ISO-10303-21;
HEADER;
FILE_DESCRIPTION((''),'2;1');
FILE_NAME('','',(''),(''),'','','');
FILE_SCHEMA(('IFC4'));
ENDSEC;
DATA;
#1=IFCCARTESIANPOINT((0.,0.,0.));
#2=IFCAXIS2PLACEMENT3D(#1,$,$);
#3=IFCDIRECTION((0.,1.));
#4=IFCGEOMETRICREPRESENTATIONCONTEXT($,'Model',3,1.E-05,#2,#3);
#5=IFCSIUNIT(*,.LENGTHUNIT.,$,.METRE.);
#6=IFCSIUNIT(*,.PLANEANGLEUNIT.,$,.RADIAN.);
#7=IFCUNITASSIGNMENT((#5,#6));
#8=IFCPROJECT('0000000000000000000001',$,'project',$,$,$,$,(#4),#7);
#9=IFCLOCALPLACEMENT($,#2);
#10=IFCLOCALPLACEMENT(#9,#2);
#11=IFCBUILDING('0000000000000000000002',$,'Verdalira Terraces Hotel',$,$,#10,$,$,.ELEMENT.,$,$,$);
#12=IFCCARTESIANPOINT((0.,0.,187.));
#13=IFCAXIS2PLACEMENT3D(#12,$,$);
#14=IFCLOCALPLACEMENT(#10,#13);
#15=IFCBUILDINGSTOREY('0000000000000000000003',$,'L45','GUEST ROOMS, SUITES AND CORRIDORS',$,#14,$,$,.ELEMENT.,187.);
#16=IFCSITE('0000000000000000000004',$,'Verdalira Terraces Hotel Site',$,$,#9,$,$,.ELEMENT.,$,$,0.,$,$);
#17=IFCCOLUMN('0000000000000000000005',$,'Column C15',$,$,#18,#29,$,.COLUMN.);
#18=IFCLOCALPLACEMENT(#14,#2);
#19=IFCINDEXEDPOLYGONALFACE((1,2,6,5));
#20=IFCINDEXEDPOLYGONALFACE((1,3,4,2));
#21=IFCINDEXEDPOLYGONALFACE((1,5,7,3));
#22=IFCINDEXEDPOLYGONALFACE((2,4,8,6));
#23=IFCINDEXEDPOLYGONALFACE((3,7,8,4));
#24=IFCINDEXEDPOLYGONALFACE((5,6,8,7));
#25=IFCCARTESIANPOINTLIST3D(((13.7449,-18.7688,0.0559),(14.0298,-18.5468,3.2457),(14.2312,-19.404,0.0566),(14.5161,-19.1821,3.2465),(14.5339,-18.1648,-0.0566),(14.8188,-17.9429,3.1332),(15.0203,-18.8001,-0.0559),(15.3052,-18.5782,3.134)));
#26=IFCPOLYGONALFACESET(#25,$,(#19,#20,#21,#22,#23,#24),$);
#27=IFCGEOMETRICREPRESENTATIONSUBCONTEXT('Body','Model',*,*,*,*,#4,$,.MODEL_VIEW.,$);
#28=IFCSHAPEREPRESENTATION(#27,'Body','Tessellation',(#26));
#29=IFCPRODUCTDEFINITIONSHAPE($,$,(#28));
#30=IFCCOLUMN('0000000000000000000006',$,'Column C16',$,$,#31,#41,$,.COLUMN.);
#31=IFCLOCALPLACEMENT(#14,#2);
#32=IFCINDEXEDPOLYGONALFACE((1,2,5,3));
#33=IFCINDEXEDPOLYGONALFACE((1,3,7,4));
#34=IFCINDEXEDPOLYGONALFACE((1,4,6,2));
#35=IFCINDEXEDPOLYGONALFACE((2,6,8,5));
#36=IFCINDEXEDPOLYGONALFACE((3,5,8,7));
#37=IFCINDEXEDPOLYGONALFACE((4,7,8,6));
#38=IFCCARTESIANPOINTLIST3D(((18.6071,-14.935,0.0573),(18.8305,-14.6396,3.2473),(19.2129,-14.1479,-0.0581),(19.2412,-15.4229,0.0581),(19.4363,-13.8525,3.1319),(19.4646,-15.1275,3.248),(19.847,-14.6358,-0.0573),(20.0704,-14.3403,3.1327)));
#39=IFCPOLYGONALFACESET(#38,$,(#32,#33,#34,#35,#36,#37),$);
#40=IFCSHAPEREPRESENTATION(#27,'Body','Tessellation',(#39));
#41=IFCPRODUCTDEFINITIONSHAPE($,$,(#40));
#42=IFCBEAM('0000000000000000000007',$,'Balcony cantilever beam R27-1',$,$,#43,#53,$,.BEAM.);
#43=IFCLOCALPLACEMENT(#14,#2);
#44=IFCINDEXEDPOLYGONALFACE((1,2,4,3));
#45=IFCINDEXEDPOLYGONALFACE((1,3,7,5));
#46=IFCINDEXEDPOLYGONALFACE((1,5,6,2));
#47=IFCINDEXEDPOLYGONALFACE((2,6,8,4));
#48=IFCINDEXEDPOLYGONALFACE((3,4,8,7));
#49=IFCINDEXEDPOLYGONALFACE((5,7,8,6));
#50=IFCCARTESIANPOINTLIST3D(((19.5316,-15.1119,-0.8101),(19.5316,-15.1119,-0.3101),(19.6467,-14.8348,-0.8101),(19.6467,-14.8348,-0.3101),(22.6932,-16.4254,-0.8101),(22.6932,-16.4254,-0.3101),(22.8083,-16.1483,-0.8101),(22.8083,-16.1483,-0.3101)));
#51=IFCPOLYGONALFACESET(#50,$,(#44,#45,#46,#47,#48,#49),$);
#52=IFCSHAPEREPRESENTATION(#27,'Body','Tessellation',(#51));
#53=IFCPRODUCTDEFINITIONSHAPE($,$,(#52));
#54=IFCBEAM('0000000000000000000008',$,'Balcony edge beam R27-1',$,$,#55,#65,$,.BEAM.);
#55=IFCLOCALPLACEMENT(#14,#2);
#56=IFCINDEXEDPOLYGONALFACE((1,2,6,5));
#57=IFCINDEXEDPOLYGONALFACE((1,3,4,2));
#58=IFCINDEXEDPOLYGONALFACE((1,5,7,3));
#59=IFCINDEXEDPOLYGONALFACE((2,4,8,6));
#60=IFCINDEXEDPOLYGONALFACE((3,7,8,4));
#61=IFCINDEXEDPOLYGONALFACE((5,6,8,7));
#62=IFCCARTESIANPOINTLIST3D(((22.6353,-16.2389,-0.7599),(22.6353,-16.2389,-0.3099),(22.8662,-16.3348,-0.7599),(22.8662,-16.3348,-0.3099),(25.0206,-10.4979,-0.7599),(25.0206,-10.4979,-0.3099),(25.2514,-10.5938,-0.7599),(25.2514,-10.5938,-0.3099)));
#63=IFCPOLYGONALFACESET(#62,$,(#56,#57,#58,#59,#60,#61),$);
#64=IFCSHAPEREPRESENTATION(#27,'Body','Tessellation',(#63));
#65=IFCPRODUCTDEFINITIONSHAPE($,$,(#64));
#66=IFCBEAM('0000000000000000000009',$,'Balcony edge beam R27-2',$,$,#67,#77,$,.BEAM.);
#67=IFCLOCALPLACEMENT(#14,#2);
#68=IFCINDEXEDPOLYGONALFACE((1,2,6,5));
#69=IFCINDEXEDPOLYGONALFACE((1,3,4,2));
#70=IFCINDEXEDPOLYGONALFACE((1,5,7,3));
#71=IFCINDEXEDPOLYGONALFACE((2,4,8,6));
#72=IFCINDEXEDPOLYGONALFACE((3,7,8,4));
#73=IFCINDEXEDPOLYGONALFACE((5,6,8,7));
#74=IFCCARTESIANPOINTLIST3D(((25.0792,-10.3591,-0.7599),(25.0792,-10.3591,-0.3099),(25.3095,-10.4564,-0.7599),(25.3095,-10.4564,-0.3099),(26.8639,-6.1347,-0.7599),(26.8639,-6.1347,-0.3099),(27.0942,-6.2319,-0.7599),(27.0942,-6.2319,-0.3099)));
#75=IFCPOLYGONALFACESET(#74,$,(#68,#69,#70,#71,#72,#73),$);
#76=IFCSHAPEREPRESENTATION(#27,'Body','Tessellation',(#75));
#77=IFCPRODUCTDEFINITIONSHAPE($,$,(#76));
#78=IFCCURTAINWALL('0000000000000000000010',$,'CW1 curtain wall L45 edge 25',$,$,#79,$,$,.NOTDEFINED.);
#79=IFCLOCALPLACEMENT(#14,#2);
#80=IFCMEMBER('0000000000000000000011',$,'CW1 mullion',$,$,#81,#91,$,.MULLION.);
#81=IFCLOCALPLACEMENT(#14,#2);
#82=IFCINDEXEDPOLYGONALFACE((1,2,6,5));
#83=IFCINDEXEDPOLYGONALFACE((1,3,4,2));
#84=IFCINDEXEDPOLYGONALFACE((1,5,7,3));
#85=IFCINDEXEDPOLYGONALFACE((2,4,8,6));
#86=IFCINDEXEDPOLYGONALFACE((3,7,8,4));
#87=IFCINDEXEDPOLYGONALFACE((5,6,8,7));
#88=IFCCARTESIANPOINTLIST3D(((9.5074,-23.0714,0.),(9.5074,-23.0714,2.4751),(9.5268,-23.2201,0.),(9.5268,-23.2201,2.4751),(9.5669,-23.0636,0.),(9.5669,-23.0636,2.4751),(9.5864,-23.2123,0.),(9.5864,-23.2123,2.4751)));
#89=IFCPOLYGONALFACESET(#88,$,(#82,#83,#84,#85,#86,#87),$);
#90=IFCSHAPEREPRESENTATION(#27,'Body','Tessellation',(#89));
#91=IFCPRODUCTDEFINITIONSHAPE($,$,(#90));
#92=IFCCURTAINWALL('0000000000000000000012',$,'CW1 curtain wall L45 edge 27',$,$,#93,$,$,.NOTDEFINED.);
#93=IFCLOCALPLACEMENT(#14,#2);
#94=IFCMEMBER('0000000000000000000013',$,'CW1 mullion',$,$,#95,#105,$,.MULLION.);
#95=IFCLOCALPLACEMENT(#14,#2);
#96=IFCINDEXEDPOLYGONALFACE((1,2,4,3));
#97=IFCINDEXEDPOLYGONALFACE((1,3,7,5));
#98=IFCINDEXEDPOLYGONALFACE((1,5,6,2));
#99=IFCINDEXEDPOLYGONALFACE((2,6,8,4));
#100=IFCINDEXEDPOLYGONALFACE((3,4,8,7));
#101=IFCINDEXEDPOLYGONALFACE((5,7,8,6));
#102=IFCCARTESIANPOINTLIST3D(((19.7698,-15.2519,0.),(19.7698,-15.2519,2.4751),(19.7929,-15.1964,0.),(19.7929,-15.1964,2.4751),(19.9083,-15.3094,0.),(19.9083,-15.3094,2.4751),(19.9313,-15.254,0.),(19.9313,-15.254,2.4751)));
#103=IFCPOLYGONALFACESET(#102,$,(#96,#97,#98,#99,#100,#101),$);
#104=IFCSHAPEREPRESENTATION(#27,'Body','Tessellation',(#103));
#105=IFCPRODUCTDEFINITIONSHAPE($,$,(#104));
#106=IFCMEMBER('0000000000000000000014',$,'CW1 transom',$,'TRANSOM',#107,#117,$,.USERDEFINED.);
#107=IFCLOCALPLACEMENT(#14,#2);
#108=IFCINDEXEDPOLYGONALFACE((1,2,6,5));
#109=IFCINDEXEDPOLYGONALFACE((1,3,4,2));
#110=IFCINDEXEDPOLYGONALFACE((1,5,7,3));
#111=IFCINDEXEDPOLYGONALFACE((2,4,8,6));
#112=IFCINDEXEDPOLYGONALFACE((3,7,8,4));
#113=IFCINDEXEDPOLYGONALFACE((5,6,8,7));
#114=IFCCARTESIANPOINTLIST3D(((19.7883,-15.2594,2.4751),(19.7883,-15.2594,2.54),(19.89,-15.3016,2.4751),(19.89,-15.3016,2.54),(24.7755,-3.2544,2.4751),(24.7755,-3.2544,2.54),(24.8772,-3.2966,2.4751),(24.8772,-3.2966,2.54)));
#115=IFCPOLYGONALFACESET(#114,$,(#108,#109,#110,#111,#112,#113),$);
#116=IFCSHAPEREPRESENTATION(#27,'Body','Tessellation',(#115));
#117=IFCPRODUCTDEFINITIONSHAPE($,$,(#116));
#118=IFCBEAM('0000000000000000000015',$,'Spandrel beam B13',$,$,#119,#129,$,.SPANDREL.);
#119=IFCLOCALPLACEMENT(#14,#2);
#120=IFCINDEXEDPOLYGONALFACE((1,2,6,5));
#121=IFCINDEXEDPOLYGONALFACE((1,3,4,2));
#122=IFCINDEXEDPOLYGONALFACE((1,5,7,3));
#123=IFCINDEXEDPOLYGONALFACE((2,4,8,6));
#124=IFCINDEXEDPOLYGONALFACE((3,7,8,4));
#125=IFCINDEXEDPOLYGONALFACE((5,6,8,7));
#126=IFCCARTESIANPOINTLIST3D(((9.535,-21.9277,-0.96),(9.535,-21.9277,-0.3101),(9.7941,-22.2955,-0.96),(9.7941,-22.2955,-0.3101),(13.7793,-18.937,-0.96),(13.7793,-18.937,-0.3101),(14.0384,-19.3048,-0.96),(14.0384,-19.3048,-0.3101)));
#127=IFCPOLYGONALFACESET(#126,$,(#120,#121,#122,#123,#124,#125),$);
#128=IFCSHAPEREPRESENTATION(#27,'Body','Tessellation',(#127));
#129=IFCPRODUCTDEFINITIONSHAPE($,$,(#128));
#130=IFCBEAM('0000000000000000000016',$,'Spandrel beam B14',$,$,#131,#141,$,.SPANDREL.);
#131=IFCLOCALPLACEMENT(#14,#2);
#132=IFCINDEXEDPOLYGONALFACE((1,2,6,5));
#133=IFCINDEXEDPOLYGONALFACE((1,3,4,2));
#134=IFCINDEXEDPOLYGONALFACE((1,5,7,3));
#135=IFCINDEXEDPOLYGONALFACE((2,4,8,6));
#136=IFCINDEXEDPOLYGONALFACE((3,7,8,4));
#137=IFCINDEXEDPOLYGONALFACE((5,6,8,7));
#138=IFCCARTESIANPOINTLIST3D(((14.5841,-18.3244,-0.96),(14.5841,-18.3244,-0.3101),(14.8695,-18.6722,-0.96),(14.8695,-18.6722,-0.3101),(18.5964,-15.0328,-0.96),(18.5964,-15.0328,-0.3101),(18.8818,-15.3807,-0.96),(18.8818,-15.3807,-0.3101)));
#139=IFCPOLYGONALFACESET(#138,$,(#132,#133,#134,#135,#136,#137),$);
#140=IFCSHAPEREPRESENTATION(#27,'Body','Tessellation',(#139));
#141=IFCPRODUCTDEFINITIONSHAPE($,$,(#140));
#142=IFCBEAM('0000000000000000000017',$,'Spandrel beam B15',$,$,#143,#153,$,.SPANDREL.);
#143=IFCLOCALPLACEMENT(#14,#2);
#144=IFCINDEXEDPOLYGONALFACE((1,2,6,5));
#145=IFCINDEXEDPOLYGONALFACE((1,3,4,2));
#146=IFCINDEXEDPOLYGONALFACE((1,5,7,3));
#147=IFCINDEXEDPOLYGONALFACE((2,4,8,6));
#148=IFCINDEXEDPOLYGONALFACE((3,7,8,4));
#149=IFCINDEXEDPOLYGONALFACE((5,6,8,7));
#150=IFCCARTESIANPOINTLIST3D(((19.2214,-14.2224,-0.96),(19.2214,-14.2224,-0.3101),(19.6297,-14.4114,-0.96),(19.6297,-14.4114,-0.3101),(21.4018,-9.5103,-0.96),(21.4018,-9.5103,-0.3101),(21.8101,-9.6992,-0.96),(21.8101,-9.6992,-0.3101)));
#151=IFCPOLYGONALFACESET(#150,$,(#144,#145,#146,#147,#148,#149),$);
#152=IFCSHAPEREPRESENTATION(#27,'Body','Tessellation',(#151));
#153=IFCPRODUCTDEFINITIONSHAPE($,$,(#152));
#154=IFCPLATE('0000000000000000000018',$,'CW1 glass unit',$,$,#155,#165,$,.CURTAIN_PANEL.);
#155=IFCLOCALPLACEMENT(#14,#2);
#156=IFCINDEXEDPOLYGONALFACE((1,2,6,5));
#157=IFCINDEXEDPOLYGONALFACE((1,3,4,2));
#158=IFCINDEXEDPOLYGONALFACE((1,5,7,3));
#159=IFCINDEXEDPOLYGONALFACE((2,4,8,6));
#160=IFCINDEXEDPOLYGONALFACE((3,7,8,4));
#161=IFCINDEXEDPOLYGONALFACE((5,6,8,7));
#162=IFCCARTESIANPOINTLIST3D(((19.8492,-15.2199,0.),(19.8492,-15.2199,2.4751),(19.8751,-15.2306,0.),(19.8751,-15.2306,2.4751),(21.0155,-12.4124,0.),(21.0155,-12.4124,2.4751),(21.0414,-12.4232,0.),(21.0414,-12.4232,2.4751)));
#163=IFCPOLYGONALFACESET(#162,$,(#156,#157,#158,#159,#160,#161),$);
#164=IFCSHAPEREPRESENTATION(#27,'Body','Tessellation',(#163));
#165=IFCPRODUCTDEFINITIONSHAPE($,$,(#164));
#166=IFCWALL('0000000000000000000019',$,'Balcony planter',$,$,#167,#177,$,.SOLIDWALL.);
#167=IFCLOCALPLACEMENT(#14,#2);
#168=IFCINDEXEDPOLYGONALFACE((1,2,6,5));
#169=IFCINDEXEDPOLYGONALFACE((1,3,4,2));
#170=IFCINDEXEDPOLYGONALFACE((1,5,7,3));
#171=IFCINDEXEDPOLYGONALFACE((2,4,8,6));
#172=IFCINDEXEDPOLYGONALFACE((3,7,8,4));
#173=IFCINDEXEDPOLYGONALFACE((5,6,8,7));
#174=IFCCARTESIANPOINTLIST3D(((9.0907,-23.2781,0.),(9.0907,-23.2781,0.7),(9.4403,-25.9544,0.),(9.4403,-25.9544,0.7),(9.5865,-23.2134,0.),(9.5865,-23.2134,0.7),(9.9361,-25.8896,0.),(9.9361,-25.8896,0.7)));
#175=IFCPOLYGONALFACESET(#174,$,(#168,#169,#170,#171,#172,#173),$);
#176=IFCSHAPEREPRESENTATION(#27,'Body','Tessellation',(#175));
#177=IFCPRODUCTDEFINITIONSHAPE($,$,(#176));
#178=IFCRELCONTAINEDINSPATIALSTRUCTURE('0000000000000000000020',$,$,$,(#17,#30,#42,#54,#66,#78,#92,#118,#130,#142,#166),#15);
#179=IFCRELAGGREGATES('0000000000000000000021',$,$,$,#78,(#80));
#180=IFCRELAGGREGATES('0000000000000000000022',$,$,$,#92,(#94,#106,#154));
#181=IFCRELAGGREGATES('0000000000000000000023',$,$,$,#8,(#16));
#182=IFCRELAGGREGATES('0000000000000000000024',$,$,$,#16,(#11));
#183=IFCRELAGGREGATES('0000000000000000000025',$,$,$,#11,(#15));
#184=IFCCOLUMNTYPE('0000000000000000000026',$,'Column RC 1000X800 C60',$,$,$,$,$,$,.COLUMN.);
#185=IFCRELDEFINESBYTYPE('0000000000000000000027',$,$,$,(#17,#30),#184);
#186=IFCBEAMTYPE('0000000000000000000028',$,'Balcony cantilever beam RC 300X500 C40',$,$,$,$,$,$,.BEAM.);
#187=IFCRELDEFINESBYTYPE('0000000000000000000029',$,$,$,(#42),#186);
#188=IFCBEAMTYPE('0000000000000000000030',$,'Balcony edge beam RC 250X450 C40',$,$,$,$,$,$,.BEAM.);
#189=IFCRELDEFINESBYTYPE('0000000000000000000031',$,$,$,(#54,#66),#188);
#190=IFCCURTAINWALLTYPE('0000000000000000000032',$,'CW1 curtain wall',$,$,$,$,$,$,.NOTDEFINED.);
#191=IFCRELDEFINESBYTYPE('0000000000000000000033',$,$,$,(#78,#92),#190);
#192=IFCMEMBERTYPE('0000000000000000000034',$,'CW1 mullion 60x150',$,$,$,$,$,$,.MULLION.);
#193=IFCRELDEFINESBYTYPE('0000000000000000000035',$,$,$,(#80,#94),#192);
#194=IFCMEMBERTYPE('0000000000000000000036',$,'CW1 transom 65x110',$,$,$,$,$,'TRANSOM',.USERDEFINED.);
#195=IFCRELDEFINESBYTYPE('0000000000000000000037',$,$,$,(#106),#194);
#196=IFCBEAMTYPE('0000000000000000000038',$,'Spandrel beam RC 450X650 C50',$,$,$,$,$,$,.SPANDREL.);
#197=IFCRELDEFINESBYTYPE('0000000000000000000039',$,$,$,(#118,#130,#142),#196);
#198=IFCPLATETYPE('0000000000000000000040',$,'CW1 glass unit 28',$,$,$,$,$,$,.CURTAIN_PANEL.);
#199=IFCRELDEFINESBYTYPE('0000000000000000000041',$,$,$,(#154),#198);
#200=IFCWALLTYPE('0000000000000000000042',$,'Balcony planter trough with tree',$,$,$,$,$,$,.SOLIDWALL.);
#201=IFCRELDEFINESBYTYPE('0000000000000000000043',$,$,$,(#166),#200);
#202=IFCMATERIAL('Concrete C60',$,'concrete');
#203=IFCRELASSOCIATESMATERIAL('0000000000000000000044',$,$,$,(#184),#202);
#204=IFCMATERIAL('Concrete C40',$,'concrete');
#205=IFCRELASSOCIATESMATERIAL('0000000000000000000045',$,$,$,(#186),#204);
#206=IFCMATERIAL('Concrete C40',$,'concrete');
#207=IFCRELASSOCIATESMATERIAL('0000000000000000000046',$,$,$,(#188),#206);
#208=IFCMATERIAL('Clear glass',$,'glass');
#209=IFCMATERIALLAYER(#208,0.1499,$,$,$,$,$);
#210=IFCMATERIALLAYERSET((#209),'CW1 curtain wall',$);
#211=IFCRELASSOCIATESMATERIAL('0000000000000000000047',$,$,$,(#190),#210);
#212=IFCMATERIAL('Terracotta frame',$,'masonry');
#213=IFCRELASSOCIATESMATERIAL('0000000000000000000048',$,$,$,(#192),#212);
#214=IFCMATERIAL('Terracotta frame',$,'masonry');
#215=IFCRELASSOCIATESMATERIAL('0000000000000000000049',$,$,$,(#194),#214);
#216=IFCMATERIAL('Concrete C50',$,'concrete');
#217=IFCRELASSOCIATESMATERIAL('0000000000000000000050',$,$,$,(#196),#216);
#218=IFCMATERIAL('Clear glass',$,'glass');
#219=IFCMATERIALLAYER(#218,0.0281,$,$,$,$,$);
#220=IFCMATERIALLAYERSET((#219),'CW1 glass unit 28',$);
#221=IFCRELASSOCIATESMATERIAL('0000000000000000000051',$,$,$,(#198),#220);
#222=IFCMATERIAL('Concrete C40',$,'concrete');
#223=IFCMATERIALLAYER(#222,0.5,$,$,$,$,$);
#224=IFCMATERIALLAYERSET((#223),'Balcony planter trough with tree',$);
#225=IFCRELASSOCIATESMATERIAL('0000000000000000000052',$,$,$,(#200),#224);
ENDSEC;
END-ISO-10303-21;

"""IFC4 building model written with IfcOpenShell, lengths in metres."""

from ifc_helpers import new_model, si_unit, direction, frame, frame_2d, origin, origin_2d, place, context, subcontext, project, spatial, rectangle, extrude, material, layer, layer_set, material_profile, profile_set, type_object, element, aggregate, save


model = new_model("IFC4")

# Units and contexts
model_context = context("Model", 3, precision=1e-05, world=origin(), true_north=direction((0.0, 1.0)))
body_context = subcontext(model_context, "Body", "Model", "MODEL_VIEW")
ifc_project = project(units=[si_unit("LENGTHUNIT", "METRE"), si_unit("PLANEANGLEUNIT", "RADIAN")], contexts=[model_context])

# Site, building, storey
site_placement = place(None, origin())
site = spatial("IfcSite", under=ifc_project, at=site_placement, Name="Verdalira Terraces Hotel Site", CompositionType="ELEMENT", RefElevation=0.0)
building_placement = place(site_placement, origin())
building = spatial("IfcBuilding", under=site, at=building_placement, Name="Verdalira Terraces Hotel", CompositionType="ELEMENT")
storey_placement = place(building_placement, frame((0.0, 0.0, 187.0)))
storey = spatial("IfcBuildingStorey", under=building, at=storey_placement, Name="L45", Description="GUEST ROOMS, SUITES AND CORRIDORS", CompositionType="ELEMENT", Elevation=187.0)

# Columns
ifc_material_1 = material(Name="Concrete C60", Category="concrete")
ifc_material_profile_1 = material_profile(ifc_material_1, rectangle(XDim=1.0, YDim=0.8, at=origin_2d()), Name="RC 1000X800")
ifc_profile_set_1 = profile_set([ifc_material_profile_1], Name="Concrete C60")
column_type = type_object("IfcColumnType", Name="Column RC 1000X800 C60", PredefinedType="COLUMN", material=ifc_profile_set_1)
column_1_placement = place(storey_placement, frame((14.3826, -18.7844, 0.0), z_axis=(0.088749, 0.069128, 0.993652), x_axis=(0.789061, 0.603928, -0.112491)))
element("IfcColumn", 1, at=column_1_placement, inside=storey, type_object=column_type, Name="Column C15", PredefinedType="COLUMN", context=body_context, shape_type="SweptSolid", body=[
    extrude(rectangle(XDim=1.0, YDim=0.8, at=origin_2d()), origin(), (0.0, 0.0, 1.0), 3.2102),
])
column_2_placement = place(storey_placement, frame((19.2271, -14.7854, 0.0), z_axis=(0.069562, 0.091989, 0.993327), x_axis=(-0.60584, -0.787184, 0.115325)))
element("IfcColumn", 2, at=column_2_placement, inside=storey, type_object=column_type, Name="Column C16", PredefinedType="COLUMN", context=body_context, shape_type="SweptSolid", body=[
    extrude(rectangle(XDim=1.0, YDim=0.8, at=origin_2d()), origin(), (0.0, 0.0, 1.0), 3.2114),
])

# Beams
ifc_material_2 = material(Name="Concrete C40", Category="concrete")
ifc_material_profile_2 = material_profile(ifc_material_2, rectangle(XDim=0.3, YDim=0.5, at=origin_2d()), Name="RC 300X500")
ifc_profile_set_2 = profile_set([ifc_material_profile_2], Name="Concrete C40")
beam_type_1 = type_object("IfcBeamType", Name="Balcony cantilever beam RC 300X500 C40", PredefinedType="BEAM", material=ifc_profile_set_2)
beam_1_placement = place(storey_placement, frame((19.5891, -14.9734, -0.5601), z_axis=(0.923477, -0.383653, 0.0), x_axis=(0.383653, 0.923477, 0.0)))
element("IfcBeam", 3, at=beam_1_placement, inside=storey, type_object=beam_type_1, Name="Balcony cantilever beam R27-1", PredefinedType="BEAM", context=body_context, shape_type="SweptSolid", body=[
    extrude(rectangle(XDim=0.3, YDim=0.5, at=origin_2d()), origin(), (0.0, 0.0, 1.0), 3.4236),
])
ifc_material_3 = material(Name="Concrete C40", Category="concrete")
ifc_material_profile_3 = material_profile(ifc_material_3, rectangle(XDim=0.25, YDim=0.45, at=origin_2d()), Name="RC 250X450")
ifc_profile_set_3 = profile_set([ifc_material_profile_3], Name="Concrete C40")
beam_type_2 = type_object("IfcBeamType", Name="Balcony edge beam RC 250X450 C40", PredefinedType="BEAM", material=ifc_profile_set_3)
beam_2_placement = place(storey_placement, frame((22.7507, -16.2869, -0.5349), z_axis=(0.383681, 0.923466, 0.0), x_axis=(-0.923466, 0.383681, 0.0)))
element("IfcBeam", 4, at=beam_2_placement, inside=storey, type_object=beam_type_2, Name="Balcony edge beam R27-1", PredefinedType="BEAM", context=body_context, shape_type="SweptSolid", body=[
    extrude(rectangle(XDim=0.25, YDim=0.45, at=origin_2d()), origin(), (0.0, 0.0, 1.0), 6.2168),
])
beam_3_placement = place(storey_placement, frame((25.1943, -10.4077, -0.5349), z_axis=(0.389166, 0.921168, 0.0), x_axis=(-0.921168, 0.389166, 0.0)))
element("IfcBeam", 5, at=beam_3_placement, inside=storey, type_object=beam_type_2, Name="Balcony edge beam R27-2", PredefinedType="BEAM", context=body_context, shape_type="SweptSolid", body=[
    extrude(rectangle(XDim=0.25, YDim=0.45, at=origin_2d()), origin(), (0.0, 0.0, 1.0), 4.5859),
])

# Curtain wall, member
ifc_material_4 = material(Name="Clear glass", Category="glass")
ifc_layer_1 = layer(ifc_material_4, 0.1499)
ifc_layer_set_1 = layer_set([ifc_layer_1], Name="CW1 curtain wall")
curtain_wall_type = type_object("IfcCurtainWallType", Name="CW1 curtain wall", PredefinedType="NOTDEFINED", material=ifc_layer_set_1)
curtain_wall_1_placement = place(storey_placement, origin())
curtain_wall_1 = element("IfcCurtainWall", 6, at=curtain_wall_1_placement, inside=storey, type_object=curtain_wall_type, Name="CW1 curtain wall L45 edge 25", PredefinedType="NOTDEFINED")
ifc_material_5 = material(Name="Terracotta frame", Category="masonry")
ifc_material_profile_4 = material_profile(ifc_material_5, rectangle(XDim=0.0601, YDim=0.1499, at=origin_2d()), Name="MU 60x150")
ifc_profile_set_4 = profile_set([ifc_material_profile_4], Name="Terracotta frame")
member_type_1 = type_object("IfcMemberType", Name="CW1 mullion 60x150", PredefinedType="MULLION", material=ifc_profile_set_4)
member_1_placement = place(storey_placement, frame((9.5469, -23.1418, 0.0), z_axis=(0.0, 0.0, 1.0), x_axis=(0.991581, 0.129488, 0.0)))
member_1 = element("IfcMember", 7, at=member_1_placement, type_object=member_type_1, Name="CW1 mullion", PredefinedType="MULLION", context=body_context, shape_type="SweptSolid", body=[
    extrude(rectangle(XDim=0.0601, YDim=0.1499, at=origin_2d()), origin(), (0.0, 0.0, 1.0), 2.4751),
])
aggregate(curtain_wall_1, [member_1])

# Curtain wall, members
curtain_wall_2_placement = place(storey_placement, origin())
curtain_wall_2 = element("IfcCurtainWall", 8, at=curtain_wall_2_placement, inside=storey, type_object=curtain_wall_type, Name="CW1 curtain wall L45 edge 27", PredefinedType="NOTDEFINED")
member_2_placement = place(storey_placement, frame((19.8506, -15.2529, 0.0), z_axis=(0.0, 0.0, 1.0), x_axis=(0.383651, 0.923478, 0.0)))
member_2 = element("IfcMember", 9, at=member_2_placement, type_object=member_type_1, Name="CW1 mullion", PredefinedType="MULLION", context=body_context, shape_type="SweptSolid", body=[
    extrude(rectangle(XDim=0.0601, YDim=0.1499, at=origin_2d()), origin(), (0.0, 0.0, 1.0), 2.4751),
])
ifc_material_6 = material(Name="Terracotta frame", Category="masonry")
ifc_material_profile_5 = material_profile(ifc_material_6, rectangle(XDim=0.1101, YDim=0.0649, at=origin_2d()), Name="TR 65x110")
ifc_profile_set_5 = profile_set([ifc_material_profile_5], Name="Terracotta frame")
member_type_2 = type_object("IfcMemberType", Name="CW1 transom 65x110", ElementType="TRANSOM", PredefinedType="USERDEFINED", material=ifc_profile_set_5)
member_3_placement = place(storey_placement, frame((19.8391, -15.2805, 2.5076), z_axis=(0.383643, 0.923481, 0.0), x_axis=(-0.923481, 0.383643, 0.0)))
member_3 = element("IfcMember", 10, at=member_3_placement, type_object=member_type_2, Name="CW1 transom", ObjectType="TRANSOM", PredefinedType="USERDEFINED", context=body_context, shape_type="SweptSolid", body=[
    extrude(rectangle(XDim=0.1101, YDim=0.0649, at=origin_2d()), origin(), (0.0, 0.0, 1.0), 12.9998),
])

# Beams
ifc_material_7 = material(Name="Concrete C50", Category="concrete")
ifc_material_profile_6 = material_profile(ifc_material_7, rectangle(XDim=0.45, YDim=0.6499, at=origin_2d()), Name="RC 450X650")
ifc_profile_set_6 = profile_set([ifc_material_profile_6], Name="Concrete C50")
beam_type_3 = type_object("IfcBeamType", Name="Spandrel beam RC 450X650 C50", PredefinedType="SPANDREL", material=ifc_profile_set_6)
beam_4_placement = place(storey_placement, frame((9.6646, -22.1116, -0.635), z_axis=(0.81745, 0.576, 0.0), x_axis=(-0.576, 0.81745, 0.0)))
element("IfcBeam", 11, at=beam_4_placement, inside=storey, type_object=beam_type_3, Name="Spandrel beam B13", PredefinedType="SPANDREL", context=body_context, shape_type="SweptSolid", body=[
    extrude(rectangle(XDim=0.45, YDim=0.6499, at=origin_2d()), origin(), (0.0, 0.0, 1.0), 5.1921),
])
beam_5_placement = place(storey_placement, frame((14.7268, -18.4983, -0.635), z_axis=(0.773127, 0.634252, 0.0), x_axis=(-0.634252, 0.773127, 0.0)))
element("IfcBeam", 12, at=beam_5_placement, inside=storey, type_object=beam_type_3, Name="Spandrel beam B14", PredefinedType="SPANDREL", context=body_context, shape_type="SweptSolid", body=[
    extrude(rectangle(XDim=0.45, YDim=0.6499, at=origin_2d()), origin(), (0.0, 0.0, 1.0), 5.1897),
])
beam_6_placement = place(storey_placement, frame((19.4255, -14.3169, -0.635), z_axis=(0.419944, 0.90755, 0.0), x_axis=(-0.90755, 0.419944, 0.0)))
element("IfcBeam", 13, at=beam_6_placement, inside=storey, type_object=beam_type_3, Name="Spandrel beam B15", PredefinedType="SPANDREL", context=body_context, shape_type="SweptSolid", body=[
    extrude(rectangle(XDim=0.45, YDim=0.6499, at=origin_2d()), origin(), (0.0, 0.0, 1.0), 5.1921),
])

# Plate
ifc_material_8 = material(Name="Clear glass", Category="glass")
ifc_layer_2 = layer(ifc_material_8, 0.0281)
ifc_layer_set_2 = layer_set([ifc_layer_2], Name="CW1 glass unit 28")
plate_type = type_object("IfcPlateType", Name="CW1 glass unit 28", PredefinedType="CURTAIN_PANEL", material=ifc_layer_set_2)
plate_placement = place(storey_placement, frame((20.4453, -13.8215, 0.0), z_axis=(0.0, 0.0, 1.0), x_axis=(0.383651, 0.923478, 0.0)))
plate = element("IfcPlate", 14, at=plate_placement, type_object=plate_type, Name="CW1 glass unit", PredefinedType="CURTAIN_PANEL", context=body_context, shape_type="SweptSolid", body=[
    extrude(rectangle(XDim=3.04, YDim=0.0281, at=origin_2d()), origin(), (0.0, 0.0, 1.0), 2.4751),
])
aggregate(curtain_wall_2, [member_2, member_3, plate])

# Wall
ifc_material_9 = material(Name="Concrete C40", Category="concrete")
ifc_layer_3 = layer(ifc_material_9, 0.5)
ifc_layer_set_3 = layer_set([ifc_layer_3], Name="Balcony planter trough with tree")
wall_type_1 = type_object("IfcWallType", Name="Balcony planter trough with tree", PredefinedType="SOLIDWALL", material=ifc_layer_set_3)
wall_1_placement = place(storey_placement, frame((9.6882, -25.9221, 0.0), z_axis=(0.0, 0.0, 1.0), x_axis=(-0.129533, 0.991575, 0.0)))
element("IfcWall", 15, at=wall_1_placement, inside=storey, type_object=wall_type_1, Name="Balcony planter", PredefinedType="SOLIDWALL", context=body_context, shape_type="SweptSolid", body=[
    extrude(rectangle(XDim=2.699, YDim=0.5, at=frame_2d((1.3496, 0.0))), origin(), (0.0, 0.0, 1.0), 0.7),
])

save(model, "model.ifc")
